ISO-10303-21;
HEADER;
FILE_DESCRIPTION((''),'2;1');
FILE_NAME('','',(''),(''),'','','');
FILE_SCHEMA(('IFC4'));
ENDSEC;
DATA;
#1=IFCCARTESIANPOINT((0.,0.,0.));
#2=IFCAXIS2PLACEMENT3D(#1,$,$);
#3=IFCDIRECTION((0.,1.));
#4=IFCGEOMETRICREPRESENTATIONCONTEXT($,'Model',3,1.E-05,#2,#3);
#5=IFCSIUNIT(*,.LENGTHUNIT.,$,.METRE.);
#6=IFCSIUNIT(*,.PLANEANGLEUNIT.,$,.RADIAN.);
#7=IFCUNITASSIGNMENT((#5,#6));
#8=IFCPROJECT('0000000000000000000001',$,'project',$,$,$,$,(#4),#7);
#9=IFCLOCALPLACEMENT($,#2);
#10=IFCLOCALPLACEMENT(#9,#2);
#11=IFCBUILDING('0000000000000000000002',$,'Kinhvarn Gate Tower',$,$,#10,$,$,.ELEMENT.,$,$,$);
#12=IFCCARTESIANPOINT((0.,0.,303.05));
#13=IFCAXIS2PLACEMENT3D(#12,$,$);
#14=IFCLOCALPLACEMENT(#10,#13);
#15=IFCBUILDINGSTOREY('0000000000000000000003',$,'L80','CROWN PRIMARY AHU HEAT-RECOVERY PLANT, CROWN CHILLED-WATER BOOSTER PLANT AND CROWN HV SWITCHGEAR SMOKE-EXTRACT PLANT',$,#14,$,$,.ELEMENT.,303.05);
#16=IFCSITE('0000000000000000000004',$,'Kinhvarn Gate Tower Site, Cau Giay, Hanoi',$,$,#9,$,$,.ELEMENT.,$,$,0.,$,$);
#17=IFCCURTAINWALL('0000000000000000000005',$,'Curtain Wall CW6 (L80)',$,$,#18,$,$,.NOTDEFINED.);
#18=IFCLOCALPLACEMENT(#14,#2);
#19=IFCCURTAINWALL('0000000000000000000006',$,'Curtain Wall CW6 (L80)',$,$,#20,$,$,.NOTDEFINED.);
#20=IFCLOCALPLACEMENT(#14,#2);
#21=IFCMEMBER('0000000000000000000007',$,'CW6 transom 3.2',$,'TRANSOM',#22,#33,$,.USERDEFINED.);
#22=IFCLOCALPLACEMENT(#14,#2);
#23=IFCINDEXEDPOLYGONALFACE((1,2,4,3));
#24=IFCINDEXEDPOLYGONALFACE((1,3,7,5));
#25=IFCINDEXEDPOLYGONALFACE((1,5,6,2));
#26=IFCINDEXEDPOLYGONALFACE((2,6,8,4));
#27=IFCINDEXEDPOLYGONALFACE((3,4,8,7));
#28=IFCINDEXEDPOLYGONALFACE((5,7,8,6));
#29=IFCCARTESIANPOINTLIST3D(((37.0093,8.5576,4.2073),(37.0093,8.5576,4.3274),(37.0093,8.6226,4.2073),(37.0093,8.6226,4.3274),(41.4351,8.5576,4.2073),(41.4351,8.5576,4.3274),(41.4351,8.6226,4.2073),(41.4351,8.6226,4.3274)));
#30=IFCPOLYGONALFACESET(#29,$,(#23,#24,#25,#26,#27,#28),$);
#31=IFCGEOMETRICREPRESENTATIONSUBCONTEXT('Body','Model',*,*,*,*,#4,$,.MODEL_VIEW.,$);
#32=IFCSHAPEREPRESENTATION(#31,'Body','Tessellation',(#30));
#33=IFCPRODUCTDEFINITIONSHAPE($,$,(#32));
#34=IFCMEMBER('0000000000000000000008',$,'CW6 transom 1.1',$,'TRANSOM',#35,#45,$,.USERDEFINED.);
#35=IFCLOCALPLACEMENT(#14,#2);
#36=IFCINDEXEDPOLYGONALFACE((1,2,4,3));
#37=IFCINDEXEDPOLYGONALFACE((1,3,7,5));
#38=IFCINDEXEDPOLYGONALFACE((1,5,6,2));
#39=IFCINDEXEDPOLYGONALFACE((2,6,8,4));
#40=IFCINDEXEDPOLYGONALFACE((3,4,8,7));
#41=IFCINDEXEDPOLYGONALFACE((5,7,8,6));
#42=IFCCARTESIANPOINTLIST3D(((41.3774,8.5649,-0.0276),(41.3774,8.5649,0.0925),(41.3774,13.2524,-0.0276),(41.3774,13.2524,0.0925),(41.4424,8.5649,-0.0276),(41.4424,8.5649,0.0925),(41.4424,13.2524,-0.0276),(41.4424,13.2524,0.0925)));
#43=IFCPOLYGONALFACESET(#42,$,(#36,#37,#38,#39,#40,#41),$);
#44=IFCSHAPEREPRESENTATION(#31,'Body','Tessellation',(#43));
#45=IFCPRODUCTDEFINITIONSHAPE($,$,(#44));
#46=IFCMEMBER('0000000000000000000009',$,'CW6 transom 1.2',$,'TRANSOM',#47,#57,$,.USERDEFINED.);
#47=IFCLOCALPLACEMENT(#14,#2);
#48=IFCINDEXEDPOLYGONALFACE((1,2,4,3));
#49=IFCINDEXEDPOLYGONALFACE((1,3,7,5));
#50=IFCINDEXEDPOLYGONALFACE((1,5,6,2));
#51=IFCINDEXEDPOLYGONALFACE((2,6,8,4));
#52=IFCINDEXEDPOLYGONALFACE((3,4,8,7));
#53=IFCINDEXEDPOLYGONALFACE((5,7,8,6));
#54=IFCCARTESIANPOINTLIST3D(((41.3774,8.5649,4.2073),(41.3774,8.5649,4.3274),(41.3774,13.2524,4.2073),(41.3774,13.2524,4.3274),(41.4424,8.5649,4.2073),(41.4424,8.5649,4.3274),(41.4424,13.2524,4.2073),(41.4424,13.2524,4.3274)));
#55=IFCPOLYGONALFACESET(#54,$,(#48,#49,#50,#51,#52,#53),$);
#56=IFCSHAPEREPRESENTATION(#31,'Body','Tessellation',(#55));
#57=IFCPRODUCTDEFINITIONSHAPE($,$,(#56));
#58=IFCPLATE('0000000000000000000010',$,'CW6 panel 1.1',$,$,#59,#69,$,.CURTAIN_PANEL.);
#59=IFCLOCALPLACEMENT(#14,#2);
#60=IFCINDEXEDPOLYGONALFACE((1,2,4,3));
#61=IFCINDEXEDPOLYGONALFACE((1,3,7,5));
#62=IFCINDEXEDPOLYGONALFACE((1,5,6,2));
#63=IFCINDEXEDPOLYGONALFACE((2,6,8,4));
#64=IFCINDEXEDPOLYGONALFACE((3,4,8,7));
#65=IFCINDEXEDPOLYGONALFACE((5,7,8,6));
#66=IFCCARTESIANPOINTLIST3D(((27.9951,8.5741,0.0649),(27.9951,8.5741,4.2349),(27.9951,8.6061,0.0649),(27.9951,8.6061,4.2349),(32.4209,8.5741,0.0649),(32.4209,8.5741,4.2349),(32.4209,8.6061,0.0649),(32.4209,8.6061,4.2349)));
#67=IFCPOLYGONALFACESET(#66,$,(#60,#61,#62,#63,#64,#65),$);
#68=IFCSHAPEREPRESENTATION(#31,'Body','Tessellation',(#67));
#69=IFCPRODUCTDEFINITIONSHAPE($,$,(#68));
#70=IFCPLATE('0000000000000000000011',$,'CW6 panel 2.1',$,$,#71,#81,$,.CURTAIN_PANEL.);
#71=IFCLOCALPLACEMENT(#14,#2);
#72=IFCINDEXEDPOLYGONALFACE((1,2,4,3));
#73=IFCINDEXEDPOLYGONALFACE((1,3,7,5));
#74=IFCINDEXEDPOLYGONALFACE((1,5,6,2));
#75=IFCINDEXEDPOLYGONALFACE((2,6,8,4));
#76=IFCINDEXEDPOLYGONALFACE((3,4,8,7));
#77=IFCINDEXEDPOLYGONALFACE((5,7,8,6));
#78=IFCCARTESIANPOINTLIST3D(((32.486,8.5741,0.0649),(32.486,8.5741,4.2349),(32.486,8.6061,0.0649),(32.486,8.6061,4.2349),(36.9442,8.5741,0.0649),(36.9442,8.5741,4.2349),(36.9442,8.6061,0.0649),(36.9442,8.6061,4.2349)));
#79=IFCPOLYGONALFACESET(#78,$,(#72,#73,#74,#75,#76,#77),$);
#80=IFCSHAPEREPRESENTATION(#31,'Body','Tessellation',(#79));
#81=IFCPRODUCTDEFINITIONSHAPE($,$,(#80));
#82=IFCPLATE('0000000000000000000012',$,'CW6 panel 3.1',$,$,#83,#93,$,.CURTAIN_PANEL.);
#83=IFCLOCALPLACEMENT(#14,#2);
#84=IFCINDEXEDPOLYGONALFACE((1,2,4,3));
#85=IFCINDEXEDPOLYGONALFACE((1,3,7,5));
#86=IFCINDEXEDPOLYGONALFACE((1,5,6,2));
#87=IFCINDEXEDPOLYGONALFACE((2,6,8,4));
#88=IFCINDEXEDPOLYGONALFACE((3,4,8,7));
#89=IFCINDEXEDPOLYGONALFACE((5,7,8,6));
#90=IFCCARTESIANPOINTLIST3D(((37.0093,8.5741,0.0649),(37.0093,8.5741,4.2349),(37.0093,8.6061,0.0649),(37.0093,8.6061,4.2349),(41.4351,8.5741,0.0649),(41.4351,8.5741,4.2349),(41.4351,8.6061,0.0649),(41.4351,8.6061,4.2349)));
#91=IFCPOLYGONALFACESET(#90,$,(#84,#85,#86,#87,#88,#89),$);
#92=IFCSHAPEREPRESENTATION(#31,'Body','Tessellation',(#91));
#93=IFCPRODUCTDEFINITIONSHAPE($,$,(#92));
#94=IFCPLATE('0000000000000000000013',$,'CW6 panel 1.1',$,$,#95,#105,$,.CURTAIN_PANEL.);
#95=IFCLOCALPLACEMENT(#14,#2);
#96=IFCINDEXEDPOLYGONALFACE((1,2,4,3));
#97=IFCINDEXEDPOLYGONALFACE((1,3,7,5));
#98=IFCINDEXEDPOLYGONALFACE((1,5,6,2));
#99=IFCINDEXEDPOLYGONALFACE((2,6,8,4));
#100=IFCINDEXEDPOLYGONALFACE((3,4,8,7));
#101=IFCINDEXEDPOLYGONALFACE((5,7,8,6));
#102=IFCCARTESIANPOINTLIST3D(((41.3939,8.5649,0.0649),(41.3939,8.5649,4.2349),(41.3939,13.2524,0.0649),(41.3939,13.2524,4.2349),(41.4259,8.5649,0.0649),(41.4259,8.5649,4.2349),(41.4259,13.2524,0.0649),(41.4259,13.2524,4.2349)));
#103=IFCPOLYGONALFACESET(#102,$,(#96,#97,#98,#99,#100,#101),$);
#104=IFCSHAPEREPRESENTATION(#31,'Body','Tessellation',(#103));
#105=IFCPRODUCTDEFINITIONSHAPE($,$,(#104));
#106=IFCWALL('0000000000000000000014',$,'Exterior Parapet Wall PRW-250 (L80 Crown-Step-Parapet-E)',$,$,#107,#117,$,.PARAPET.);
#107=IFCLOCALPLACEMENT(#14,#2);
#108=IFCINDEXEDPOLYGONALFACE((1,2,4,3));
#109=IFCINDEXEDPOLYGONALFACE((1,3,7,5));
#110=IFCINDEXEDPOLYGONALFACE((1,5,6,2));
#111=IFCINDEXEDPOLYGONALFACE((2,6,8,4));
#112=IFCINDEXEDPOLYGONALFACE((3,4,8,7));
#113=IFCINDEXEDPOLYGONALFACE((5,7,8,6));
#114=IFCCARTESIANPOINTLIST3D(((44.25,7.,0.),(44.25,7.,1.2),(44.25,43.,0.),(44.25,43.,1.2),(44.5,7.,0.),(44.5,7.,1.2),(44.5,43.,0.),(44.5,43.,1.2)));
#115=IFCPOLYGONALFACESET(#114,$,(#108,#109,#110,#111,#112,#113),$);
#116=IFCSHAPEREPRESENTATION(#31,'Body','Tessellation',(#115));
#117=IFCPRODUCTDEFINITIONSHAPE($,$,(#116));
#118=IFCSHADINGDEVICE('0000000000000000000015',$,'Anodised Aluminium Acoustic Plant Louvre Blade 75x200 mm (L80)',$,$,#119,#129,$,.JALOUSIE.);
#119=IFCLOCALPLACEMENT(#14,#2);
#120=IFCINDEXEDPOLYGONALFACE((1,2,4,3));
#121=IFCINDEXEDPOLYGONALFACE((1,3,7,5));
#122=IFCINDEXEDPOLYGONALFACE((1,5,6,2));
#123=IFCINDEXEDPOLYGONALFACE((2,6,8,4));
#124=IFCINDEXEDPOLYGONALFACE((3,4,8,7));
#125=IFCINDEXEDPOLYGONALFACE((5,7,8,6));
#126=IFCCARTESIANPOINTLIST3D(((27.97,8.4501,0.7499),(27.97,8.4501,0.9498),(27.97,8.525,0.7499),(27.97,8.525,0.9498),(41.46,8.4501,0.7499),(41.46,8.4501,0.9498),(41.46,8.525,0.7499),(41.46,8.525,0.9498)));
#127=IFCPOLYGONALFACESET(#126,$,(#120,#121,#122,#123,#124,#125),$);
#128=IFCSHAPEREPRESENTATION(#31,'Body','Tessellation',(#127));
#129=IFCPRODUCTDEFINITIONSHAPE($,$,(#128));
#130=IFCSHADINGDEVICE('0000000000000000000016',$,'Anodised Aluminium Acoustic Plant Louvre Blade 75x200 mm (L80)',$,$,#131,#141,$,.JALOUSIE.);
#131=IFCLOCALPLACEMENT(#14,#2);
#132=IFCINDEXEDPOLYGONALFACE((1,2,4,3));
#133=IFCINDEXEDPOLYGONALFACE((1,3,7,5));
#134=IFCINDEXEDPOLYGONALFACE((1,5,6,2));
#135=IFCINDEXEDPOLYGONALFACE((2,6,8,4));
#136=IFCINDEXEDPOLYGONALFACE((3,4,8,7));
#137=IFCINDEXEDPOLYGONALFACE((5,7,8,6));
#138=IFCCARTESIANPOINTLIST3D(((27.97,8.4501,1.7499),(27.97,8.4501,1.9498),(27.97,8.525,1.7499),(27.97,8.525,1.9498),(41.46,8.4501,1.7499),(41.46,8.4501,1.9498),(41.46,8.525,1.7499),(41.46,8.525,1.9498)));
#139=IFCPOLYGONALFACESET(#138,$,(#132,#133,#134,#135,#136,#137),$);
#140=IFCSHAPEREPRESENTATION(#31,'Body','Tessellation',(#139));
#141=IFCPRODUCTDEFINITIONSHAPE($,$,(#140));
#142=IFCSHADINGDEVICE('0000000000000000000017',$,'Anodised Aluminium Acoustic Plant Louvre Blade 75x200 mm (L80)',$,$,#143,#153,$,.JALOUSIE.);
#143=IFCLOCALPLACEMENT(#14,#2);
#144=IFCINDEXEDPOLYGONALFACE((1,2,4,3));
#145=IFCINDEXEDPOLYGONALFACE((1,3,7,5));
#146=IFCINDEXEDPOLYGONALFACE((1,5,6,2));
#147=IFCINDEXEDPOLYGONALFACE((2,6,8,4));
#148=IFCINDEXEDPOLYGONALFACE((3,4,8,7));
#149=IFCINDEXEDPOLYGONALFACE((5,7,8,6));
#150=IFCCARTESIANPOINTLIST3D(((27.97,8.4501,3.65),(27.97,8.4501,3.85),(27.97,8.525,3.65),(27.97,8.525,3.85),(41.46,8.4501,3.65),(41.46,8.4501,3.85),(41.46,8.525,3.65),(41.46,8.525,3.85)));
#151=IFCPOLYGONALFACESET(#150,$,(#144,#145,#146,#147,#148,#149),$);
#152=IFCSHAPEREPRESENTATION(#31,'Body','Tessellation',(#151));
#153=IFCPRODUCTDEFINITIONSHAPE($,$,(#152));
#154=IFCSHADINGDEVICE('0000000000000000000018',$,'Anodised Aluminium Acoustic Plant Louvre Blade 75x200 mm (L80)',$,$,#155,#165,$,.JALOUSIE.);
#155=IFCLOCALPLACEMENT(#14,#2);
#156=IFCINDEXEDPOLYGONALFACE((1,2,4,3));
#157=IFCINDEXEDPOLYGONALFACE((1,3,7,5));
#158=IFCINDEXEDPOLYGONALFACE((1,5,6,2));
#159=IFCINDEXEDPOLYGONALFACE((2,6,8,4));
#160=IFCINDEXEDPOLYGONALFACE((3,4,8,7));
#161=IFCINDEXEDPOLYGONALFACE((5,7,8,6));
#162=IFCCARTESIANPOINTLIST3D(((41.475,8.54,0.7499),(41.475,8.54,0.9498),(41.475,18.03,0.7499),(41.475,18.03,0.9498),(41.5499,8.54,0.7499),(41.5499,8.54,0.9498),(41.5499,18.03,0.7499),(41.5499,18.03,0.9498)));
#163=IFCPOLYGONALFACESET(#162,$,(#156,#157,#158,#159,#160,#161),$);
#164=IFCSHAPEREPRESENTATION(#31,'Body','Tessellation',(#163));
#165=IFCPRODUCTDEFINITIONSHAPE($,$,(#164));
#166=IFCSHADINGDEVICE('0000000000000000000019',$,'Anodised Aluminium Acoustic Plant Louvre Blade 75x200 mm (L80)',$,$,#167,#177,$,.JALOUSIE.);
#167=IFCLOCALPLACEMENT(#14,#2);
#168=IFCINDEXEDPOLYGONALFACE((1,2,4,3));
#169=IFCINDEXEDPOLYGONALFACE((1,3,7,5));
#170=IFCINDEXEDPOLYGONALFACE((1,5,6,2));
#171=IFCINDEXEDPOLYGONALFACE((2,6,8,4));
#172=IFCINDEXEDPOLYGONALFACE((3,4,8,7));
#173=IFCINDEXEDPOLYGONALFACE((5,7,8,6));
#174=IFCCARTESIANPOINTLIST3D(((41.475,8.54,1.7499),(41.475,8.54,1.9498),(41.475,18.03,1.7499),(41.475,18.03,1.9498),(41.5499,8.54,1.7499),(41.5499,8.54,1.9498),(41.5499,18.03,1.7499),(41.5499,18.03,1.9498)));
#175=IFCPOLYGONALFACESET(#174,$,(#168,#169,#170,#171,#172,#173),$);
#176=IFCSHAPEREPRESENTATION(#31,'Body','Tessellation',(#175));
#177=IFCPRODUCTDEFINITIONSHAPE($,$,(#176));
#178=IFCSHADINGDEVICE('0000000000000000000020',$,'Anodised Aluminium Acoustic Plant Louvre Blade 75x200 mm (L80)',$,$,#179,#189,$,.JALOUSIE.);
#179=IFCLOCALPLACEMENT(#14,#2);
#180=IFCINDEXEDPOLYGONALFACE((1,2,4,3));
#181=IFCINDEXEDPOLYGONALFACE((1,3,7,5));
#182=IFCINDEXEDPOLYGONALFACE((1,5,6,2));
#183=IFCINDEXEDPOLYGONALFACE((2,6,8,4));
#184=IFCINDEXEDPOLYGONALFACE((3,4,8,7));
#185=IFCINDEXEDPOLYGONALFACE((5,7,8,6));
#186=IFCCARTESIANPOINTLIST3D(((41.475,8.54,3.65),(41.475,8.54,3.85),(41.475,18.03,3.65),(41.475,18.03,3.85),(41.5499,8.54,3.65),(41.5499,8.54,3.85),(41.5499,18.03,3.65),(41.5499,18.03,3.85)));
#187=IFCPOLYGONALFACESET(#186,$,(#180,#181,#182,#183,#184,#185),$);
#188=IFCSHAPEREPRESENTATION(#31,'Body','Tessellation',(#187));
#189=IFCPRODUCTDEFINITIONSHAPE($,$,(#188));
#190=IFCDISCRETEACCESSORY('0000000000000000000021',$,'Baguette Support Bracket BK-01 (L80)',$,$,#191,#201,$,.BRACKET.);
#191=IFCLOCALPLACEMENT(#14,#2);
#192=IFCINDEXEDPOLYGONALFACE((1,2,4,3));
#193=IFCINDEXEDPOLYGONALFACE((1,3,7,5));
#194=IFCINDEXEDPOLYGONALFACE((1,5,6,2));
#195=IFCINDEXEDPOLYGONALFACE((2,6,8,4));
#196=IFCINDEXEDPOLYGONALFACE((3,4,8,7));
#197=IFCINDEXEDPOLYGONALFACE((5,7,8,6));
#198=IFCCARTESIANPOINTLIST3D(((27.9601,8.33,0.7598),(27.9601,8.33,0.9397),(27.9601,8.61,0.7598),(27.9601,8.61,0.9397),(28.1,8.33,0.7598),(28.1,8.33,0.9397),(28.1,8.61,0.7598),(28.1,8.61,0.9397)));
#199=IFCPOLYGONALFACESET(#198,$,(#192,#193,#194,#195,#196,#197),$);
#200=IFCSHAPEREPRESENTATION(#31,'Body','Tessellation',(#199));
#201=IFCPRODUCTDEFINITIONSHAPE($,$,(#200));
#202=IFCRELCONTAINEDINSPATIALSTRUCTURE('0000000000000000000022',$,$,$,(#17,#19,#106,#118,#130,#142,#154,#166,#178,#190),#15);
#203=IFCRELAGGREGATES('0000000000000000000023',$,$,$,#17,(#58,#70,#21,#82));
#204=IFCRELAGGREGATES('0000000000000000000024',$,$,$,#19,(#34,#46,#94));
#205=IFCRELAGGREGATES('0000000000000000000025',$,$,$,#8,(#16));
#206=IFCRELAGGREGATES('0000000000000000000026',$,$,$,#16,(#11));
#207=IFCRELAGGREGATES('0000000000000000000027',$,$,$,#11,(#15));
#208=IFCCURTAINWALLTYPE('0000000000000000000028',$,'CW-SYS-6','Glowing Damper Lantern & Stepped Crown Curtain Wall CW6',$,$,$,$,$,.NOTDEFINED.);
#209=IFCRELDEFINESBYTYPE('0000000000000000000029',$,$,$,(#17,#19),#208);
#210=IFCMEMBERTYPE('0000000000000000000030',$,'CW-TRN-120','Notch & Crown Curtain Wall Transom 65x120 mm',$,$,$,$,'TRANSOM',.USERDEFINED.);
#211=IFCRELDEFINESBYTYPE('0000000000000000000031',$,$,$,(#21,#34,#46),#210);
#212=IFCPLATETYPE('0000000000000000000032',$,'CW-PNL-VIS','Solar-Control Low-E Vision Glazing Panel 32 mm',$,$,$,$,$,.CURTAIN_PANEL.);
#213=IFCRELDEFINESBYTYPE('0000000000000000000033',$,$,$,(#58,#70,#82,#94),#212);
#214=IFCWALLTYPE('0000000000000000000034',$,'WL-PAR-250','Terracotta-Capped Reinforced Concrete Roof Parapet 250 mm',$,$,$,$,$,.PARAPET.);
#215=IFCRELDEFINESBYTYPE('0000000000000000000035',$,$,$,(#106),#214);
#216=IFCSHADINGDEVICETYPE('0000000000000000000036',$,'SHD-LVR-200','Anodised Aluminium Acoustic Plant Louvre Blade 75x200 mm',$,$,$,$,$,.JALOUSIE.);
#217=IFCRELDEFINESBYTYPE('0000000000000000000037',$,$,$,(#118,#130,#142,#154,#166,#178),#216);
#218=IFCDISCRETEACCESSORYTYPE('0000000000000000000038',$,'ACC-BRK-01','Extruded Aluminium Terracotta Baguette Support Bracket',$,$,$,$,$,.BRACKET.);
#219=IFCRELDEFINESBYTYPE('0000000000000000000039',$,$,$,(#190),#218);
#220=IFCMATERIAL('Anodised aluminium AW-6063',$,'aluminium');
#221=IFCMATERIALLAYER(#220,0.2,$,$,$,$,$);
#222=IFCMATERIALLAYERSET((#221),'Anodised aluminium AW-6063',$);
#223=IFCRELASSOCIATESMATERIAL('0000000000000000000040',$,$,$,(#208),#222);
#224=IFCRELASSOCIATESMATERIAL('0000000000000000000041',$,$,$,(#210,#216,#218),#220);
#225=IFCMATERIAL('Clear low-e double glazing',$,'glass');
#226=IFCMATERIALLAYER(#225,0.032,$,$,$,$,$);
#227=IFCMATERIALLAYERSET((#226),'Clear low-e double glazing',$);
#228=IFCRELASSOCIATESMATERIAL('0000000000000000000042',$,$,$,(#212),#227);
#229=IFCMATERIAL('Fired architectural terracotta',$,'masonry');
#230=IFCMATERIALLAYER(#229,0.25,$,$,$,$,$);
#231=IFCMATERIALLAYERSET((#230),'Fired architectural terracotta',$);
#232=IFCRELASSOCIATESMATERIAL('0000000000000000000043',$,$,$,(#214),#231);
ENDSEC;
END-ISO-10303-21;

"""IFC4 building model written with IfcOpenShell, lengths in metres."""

from ifc_helpers import new_model, si_unit, direction, frame, frame_2d, origin, origin_2d, place, context, subcontext, project, spatial, rectangle, extrude, material, layer, layer_set, material_profile, profile_set, type_object, element, aggregate, save


model = new_model("IFC4")

# Units and contexts
model_context = context("Model", 3, precision=1e-05, world=origin(), true_north=direction((0.0, 1.0)))
body_context = subcontext(model_context, "Body", "Model", "MODEL_VIEW")
ifc_project = project(units=[si_unit("LENGTHUNIT", "METRE"), si_unit("PLANEANGLEUNIT", "RADIAN")], contexts=[model_context])

# Site, building, storey
site_placement = place(None, origin())
site = spatial("IfcSite", under=ifc_project, at=site_placement, Name="Kinhvarn Gate Tower Site, Cau Giay, Hanoi", CompositionType="ELEMENT", RefElevation=0.0)
building_placement = place(site_placement, origin())
building = spatial("IfcBuilding", under=site, at=building_placement, Name="Kinhvarn Gate Tower", CompositionType="ELEMENT")
storey_placement = place(building_placement, frame((0.0, 0.0, 303.05)))
storey = spatial("IfcBuildingStorey", under=building, at=storey_placement, Name="L80", Description="CROWN PRIMARY AHU HEAT-RECOVERY PLANT, CROWN CHILLED-WATER BOOSTER PLANT AND CROWN HV SWITCHGEAR SMOKE-EXTRACT PLANT", CompositionType="ELEMENT", Elevation=303.05)

# Shared definitions
ifc_material_1 = material(Name="Anodised aluminium AW-6063", Category="aluminium")
ifc_layer_1 = layer(ifc_material_1, 0.2)
ifc_layer_set_1 = layer_set([ifc_layer_1], Name="Anodised aluminium AW-6063")
curtain_wall_type = type_object("IfcCurtainWallType", Name="CW-SYS-6", Description="Glowing Damper Lantern & Stepped Crown Curtain Wall CW6", PredefinedType="NOTDEFINED", material=ifc_layer_set_1)

# Curtain wall
curtain_wall_1_placement = place(storey_placement, origin())
curtain_wall_1 = element("IfcCurtainWall", 1, at=curtain_wall_1_placement, inside=storey, type_object=curtain_wall_type, Name="Curtain Wall CW6 (L80)", PredefinedType="NOTDEFINED")

# Curtain wall
curtain_wall_2_placement = place(storey_placement, origin())
curtain_wall_2 = element("IfcCurtainWall", 2, at=curtain_wall_2_placement, inside=storey, type_object=curtain_wall_type, Name="Curtain Wall CW6 (L80)", PredefinedType="NOTDEFINED")

# Members
ifc_material_profile_1 = material_profile(ifc_material_1, rectangle(XDim=0.0649, YDim=0.1201, at=origin_2d()), Name="ALU 65x120")
ifc_profile_set_1 = profile_set([ifc_material_profile_1], Name="Anodised aluminium AW-6063")
member_type_1 = type_object("IfcMemberType", Name="CW-TRN-120", Description="Notch & Crown Curtain Wall Transom 65x120 mm", ElementType="TRANSOM", PredefinedType="USERDEFINED", material=ifc_profile_set_1)
member_1_placement = place(storey_placement, frame((37.0093, 8.5901, 4.2673), z_axis=(1.0, 0.0, 0.0), x_axis=(0.0, 1.0, 0.0)))
member_1 = element("IfcMember", 3, at=member_1_placement, type_object=member_type_1, Name="CW6 transom 3.2", ObjectType="TRANSOM", PredefinedType="USERDEFINED", context=body_context, shape_type="SweptSolid", body=[
    extrude(rectangle(XDim=0.0649, YDim=0.1201, at=origin_2d()), origin(), (0.0, 0.0, 1.0), 4.4258),
])
member_2_placement = place(storey_placement, frame((41.4099, 8.5649, 0.0325), z_axis=(0.0, 1.0, 0.0), x_axis=(-1.0, 0.0, 0.0)))
member_2 = element("IfcMember", 4, at=member_2_placement, type_object=member_type_1, Name="CW6 transom 1.1", ObjectType="TRANSOM", PredefinedType="USERDEFINED", context=body_context, shape_type="SweptSolid", body=[
    extrude(rectangle(XDim=0.0649, YDim=0.1201, at=origin_2d()), origin(), (0.0, 0.0, 1.0), 4.6875),
])
member_3_placement = place(storey_placement, frame((41.4099, 8.5649, 4.2673), z_axis=(0.0, 1.0, 0.0), x_axis=(-1.0, 0.0, 0.0)))
member_3 = element("IfcMember", 5, at=member_3_placement, type_object=member_type_1, Name="CW6 transom 1.2", ObjectType="TRANSOM", PredefinedType="USERDEFINED", context=body_context, shape_type="SweptSolid", body=[
    extrude(rectangle(XDim=0.0649, YDim=0.1201, at=origin_2d()), origin(), (0.0, 0.0, 1.0), 4.6875),
])

# Plates
ifc_material_2 = material(Name="Clear low-e double glazing", Category="glass")
ifc_layer_2 = layer(ifc_material_2, 0.032)
ifc_layer_set_2 = layer_set([ifc_layer_2], Name="Clear low-e double glazing")
plate_type = type_object("IfcPlateType", Name="CW-PNL-VIS", Description="Solar-Control Low-E Vision Glazing Panel 32 mm", PredefinedType="CURTAIN_PANEL", material=ifc_layer_set_2)
plate_1_placement = place(storey_placement, frame((30.208, 8.5901, 0.0649), z_axis=(0.0, 0.0, 1.0), x_axis=(1.0, 0.0, 0.0)))
plate_1 = element("IfcPlate", 6, at=plate_1_placement, type_object=plate_type, Name="CW6 panel 1.1", PredefinedType="CURTAIN_PANEL", context=body_context, shape_type="SweptSolid", body=[
    extrude(rectangle(XDim=4.4258, YDim=0.032, at=origin_2d()), origin(), (0.0, 0.0, 1.0), 4.1699),
])
plate_2_placement = place(storey_placement, frame((34.7151, 8.5901, 0.0649), z_axis=(0.0, 0.0, 1.0), x_axis=(1.0, 0.0, 0.0)))
plate_2 = element("IfcPlate", 7, at=plate_2_placement, type_object=plate_type, Name="CW6 panel 2.1", PredefinedType="CURTAIN_PANEL", context=body_context, shape_type="SweptSolid", body=[
    extrude(rectangle(XDim=4.4583, YDim=0.032, at=origin_2d()), origin(), (0.0, 0.0, 1.0), 4.1699),
])
plate_3_placement = place(storey_placement, frame((39.2222, 8.5901, 0.0649), z_axis=(0.0, 0.0, 1.0), x_axis=(1.0, 0.0, 0.0)))
plate_3 = element("IfcPlate", 8, at=plate_3_placement, type_object=plate_type, Name="CW6 panel 3.1", PredefinedType="CURTAIN_PANEL", context=body_context, shape_type="SweptSolid", body=[
    extrude(rectangle(XDim=4.4258, YDim=0.032, at=origin_2d()), origin(), (0.0, 0.0, 1.0), 4.1699),
])
aggregate(curtain_wall_1, [plate_1, plate_2, member_1, plate_3])
plate_4_placement = place(storey_placement, frame((41.4099, 10.9087, 0.0649), z_axis=(0.0, 0.0, 1.0), x_axis=(0.0, 1.0, 0.0)))
plate_4 = element("IfcPlate", 9, at=plate_4_placement, type_object=plate_type, Name="CW6 panel 1.1", PredefinedType="CURTAIN_PANEL", context=body_context, shape_type="SweptSolid", body=[
    extrude(rectangle(XDim=4.6875, YDim=0.032, at=origin_2d()), origin(), (0.0, 0.0, 1.0), 4.1699),
])
aggregate(curtain_wall_2, [member_2, member_3, plate_4])

# Wall
ifc_material_3 = material(Name="Fired architectural terracotta", Category="masonry")
ifc_layer_3 = layer(ifc_material_3, 0.25)
ifc_layer_set_3 = layer_set([ifc_layer_3], Name="Fired architectural terracotta")
wall_type = type_object("IfcWallType", Name="WL-PAR-250", Description="Terracotta-Capped Reinforced Concrete Roof Parapet 250 mm", PredefinedType="PARAPET", material=ifc_layer_set_3)
wall_placement = place(storey_placement, frame((44.375, 7.0, 0.0), z_axis=(0.0, 0.0, 1.0), x_axis=(0.0, 1.0, 0.0)))
element("IfcWall", 10, at=wall_placement, inside=storey, type_object=wall_type, Name="Exterior Parapet Wall PRW-250 (L80 Crown-Step-Parapet-E)", PredefinedType="PARAPET", context=body_context, shape_type="SweptSolid", body=[
    extrude(rectangle(XDim=36.0, YDim=0.25, at=frame_2d((18.0, 0.0))), origin(), (0.0, 0.0, 1.0), 1.2),
])

# Shading devices
ifc_material_profile_2 = material_profile(ifc_material_1, rectangle(XDim=0.075, YDim=0.2, at=origin_2d()), Name="LOUVRE 75x200")
ifc_profile_set_2 = profile_set([ifc_material_profile_2], Name="Anodised aluminium AW-6063")
shading_device_type = type_object("IfcShadingDeviceType", Name="SHD-LVR-200", Description="Anodised Aluminium Acoustic Plant Louvre Blade 75x200 mm", PredefinedType="JALOUSIE", material=ifc_profile_set_2)
for number, where, z_axis, x_axis, name in (
    (11, (27.97, 8.4875, 0.8499), (1.0, 0.0, 0.0), (0.0, 1.0, 0.0), "Anodised Aluminium Acoustic Plant Louvre Blade 75x200 mm (L80)"),
    (12, (27.97, 8.4875, 1.8499), (1.0, 0.0, 0.0), (0.0, 1.0, 0.0), "Anodised Aluminium Acoustic Plant Louvre Blade 75x200 mm (L80)"),
    (13, (27.97, 8.4875, 3.75), (1.0, 0.0, 0.0), (0.0, 1.0, 0.0), "Anodised Aluminium Acoustic Plant Louvre Blade 75x200 mm (L80)"),
):
    element("IfcShadingDevice", number, at=place(storey_placement, frame(where, z_axis=z_axis, x_axis=x_axis)), inside=storey, type_object=shading_device_type, Name=name, PredefinedType="JALOUSIE", context=body_context, shape_type="SweptSolid", body=[
        extrude(rectangle(XDim=0.075, YDim=0.2, at=origin_2d()), origin(), (0.0, 0.0, 1.0), 13.49),
    ])
for number, where, z_axis, x_axis, name in (
    (14, (41.5125, 8.54, 0.8499), (0.0, 1.0, 0.0), (-1.0, 0.0, 0.0), "Anodised Aluminium Acoustic Plant Louvre Blade 75x200 mm (L80)"),
    (15, (41.5125, 8.54, 1.8499), (0.0, 1.0, 0.0), (-1.0, 0.0, 0.0), "Anodised Aluminium Acoustic Plant Louvre Blade 75x200 mm (L80)"),
    (16, (41.5125, 8.54, 3.75), (0.0, 1.0, 0.0), (-1.0, 0.0, 0.0), "Anodised Aluminium Acoustic Plant Louvre Blade 75x200 mm (L80)"),
):
    element("IfcShadingDevice", number, at=place(storey_placement, frame(where, z_axis=z_axis, x_axis=x_axis)), inside=storey, type_object=shading_device_type, Name=name, PredefinedType="JALOUSIE", context=body_context, shape_type="SweptSolid", body=[
        extrude(rectangle(XDim=0.075, YDim=0.2, at=origin_2d()), origin(), (0.0, 0.0, 1.0), 9.49),
    ])

# Discrete accessory
discrete_accessory_type = type_object("IfcDiscreteAccessoryType", Name="ACC-BRK-01", Description="Extruded Aluminium Terracotta Baguette Support Bracket", PredefinedType="BRACKET", material=ifc_material_1)
for number, where, z_axis, x_axis, name in (
    (17, (28.03, 8.47, 0.7598), (0.0, 0.0, 1.0), (1.0, 0.0, 0.0), "Baguette Support Bracket BK-01 (L80)"),
):
    element("IfcDiscreteAccessory", number, at=place(storey_placement, frame(where, z_axis=z_axis, x_axis=x_axis)), inside=storey, type_object=discrete_accessory_type, Name=name, PredefinedType="BRACKET", context=body_context, shape_type="SweptSolid", body=[
        extrude(rectangle(XDim=0.1399, YDim=0.28, at=origin_2d()), origin(), (0.0, 0.0, 1.0), 0.1799),
    ])

save(model, "model.ifc")
